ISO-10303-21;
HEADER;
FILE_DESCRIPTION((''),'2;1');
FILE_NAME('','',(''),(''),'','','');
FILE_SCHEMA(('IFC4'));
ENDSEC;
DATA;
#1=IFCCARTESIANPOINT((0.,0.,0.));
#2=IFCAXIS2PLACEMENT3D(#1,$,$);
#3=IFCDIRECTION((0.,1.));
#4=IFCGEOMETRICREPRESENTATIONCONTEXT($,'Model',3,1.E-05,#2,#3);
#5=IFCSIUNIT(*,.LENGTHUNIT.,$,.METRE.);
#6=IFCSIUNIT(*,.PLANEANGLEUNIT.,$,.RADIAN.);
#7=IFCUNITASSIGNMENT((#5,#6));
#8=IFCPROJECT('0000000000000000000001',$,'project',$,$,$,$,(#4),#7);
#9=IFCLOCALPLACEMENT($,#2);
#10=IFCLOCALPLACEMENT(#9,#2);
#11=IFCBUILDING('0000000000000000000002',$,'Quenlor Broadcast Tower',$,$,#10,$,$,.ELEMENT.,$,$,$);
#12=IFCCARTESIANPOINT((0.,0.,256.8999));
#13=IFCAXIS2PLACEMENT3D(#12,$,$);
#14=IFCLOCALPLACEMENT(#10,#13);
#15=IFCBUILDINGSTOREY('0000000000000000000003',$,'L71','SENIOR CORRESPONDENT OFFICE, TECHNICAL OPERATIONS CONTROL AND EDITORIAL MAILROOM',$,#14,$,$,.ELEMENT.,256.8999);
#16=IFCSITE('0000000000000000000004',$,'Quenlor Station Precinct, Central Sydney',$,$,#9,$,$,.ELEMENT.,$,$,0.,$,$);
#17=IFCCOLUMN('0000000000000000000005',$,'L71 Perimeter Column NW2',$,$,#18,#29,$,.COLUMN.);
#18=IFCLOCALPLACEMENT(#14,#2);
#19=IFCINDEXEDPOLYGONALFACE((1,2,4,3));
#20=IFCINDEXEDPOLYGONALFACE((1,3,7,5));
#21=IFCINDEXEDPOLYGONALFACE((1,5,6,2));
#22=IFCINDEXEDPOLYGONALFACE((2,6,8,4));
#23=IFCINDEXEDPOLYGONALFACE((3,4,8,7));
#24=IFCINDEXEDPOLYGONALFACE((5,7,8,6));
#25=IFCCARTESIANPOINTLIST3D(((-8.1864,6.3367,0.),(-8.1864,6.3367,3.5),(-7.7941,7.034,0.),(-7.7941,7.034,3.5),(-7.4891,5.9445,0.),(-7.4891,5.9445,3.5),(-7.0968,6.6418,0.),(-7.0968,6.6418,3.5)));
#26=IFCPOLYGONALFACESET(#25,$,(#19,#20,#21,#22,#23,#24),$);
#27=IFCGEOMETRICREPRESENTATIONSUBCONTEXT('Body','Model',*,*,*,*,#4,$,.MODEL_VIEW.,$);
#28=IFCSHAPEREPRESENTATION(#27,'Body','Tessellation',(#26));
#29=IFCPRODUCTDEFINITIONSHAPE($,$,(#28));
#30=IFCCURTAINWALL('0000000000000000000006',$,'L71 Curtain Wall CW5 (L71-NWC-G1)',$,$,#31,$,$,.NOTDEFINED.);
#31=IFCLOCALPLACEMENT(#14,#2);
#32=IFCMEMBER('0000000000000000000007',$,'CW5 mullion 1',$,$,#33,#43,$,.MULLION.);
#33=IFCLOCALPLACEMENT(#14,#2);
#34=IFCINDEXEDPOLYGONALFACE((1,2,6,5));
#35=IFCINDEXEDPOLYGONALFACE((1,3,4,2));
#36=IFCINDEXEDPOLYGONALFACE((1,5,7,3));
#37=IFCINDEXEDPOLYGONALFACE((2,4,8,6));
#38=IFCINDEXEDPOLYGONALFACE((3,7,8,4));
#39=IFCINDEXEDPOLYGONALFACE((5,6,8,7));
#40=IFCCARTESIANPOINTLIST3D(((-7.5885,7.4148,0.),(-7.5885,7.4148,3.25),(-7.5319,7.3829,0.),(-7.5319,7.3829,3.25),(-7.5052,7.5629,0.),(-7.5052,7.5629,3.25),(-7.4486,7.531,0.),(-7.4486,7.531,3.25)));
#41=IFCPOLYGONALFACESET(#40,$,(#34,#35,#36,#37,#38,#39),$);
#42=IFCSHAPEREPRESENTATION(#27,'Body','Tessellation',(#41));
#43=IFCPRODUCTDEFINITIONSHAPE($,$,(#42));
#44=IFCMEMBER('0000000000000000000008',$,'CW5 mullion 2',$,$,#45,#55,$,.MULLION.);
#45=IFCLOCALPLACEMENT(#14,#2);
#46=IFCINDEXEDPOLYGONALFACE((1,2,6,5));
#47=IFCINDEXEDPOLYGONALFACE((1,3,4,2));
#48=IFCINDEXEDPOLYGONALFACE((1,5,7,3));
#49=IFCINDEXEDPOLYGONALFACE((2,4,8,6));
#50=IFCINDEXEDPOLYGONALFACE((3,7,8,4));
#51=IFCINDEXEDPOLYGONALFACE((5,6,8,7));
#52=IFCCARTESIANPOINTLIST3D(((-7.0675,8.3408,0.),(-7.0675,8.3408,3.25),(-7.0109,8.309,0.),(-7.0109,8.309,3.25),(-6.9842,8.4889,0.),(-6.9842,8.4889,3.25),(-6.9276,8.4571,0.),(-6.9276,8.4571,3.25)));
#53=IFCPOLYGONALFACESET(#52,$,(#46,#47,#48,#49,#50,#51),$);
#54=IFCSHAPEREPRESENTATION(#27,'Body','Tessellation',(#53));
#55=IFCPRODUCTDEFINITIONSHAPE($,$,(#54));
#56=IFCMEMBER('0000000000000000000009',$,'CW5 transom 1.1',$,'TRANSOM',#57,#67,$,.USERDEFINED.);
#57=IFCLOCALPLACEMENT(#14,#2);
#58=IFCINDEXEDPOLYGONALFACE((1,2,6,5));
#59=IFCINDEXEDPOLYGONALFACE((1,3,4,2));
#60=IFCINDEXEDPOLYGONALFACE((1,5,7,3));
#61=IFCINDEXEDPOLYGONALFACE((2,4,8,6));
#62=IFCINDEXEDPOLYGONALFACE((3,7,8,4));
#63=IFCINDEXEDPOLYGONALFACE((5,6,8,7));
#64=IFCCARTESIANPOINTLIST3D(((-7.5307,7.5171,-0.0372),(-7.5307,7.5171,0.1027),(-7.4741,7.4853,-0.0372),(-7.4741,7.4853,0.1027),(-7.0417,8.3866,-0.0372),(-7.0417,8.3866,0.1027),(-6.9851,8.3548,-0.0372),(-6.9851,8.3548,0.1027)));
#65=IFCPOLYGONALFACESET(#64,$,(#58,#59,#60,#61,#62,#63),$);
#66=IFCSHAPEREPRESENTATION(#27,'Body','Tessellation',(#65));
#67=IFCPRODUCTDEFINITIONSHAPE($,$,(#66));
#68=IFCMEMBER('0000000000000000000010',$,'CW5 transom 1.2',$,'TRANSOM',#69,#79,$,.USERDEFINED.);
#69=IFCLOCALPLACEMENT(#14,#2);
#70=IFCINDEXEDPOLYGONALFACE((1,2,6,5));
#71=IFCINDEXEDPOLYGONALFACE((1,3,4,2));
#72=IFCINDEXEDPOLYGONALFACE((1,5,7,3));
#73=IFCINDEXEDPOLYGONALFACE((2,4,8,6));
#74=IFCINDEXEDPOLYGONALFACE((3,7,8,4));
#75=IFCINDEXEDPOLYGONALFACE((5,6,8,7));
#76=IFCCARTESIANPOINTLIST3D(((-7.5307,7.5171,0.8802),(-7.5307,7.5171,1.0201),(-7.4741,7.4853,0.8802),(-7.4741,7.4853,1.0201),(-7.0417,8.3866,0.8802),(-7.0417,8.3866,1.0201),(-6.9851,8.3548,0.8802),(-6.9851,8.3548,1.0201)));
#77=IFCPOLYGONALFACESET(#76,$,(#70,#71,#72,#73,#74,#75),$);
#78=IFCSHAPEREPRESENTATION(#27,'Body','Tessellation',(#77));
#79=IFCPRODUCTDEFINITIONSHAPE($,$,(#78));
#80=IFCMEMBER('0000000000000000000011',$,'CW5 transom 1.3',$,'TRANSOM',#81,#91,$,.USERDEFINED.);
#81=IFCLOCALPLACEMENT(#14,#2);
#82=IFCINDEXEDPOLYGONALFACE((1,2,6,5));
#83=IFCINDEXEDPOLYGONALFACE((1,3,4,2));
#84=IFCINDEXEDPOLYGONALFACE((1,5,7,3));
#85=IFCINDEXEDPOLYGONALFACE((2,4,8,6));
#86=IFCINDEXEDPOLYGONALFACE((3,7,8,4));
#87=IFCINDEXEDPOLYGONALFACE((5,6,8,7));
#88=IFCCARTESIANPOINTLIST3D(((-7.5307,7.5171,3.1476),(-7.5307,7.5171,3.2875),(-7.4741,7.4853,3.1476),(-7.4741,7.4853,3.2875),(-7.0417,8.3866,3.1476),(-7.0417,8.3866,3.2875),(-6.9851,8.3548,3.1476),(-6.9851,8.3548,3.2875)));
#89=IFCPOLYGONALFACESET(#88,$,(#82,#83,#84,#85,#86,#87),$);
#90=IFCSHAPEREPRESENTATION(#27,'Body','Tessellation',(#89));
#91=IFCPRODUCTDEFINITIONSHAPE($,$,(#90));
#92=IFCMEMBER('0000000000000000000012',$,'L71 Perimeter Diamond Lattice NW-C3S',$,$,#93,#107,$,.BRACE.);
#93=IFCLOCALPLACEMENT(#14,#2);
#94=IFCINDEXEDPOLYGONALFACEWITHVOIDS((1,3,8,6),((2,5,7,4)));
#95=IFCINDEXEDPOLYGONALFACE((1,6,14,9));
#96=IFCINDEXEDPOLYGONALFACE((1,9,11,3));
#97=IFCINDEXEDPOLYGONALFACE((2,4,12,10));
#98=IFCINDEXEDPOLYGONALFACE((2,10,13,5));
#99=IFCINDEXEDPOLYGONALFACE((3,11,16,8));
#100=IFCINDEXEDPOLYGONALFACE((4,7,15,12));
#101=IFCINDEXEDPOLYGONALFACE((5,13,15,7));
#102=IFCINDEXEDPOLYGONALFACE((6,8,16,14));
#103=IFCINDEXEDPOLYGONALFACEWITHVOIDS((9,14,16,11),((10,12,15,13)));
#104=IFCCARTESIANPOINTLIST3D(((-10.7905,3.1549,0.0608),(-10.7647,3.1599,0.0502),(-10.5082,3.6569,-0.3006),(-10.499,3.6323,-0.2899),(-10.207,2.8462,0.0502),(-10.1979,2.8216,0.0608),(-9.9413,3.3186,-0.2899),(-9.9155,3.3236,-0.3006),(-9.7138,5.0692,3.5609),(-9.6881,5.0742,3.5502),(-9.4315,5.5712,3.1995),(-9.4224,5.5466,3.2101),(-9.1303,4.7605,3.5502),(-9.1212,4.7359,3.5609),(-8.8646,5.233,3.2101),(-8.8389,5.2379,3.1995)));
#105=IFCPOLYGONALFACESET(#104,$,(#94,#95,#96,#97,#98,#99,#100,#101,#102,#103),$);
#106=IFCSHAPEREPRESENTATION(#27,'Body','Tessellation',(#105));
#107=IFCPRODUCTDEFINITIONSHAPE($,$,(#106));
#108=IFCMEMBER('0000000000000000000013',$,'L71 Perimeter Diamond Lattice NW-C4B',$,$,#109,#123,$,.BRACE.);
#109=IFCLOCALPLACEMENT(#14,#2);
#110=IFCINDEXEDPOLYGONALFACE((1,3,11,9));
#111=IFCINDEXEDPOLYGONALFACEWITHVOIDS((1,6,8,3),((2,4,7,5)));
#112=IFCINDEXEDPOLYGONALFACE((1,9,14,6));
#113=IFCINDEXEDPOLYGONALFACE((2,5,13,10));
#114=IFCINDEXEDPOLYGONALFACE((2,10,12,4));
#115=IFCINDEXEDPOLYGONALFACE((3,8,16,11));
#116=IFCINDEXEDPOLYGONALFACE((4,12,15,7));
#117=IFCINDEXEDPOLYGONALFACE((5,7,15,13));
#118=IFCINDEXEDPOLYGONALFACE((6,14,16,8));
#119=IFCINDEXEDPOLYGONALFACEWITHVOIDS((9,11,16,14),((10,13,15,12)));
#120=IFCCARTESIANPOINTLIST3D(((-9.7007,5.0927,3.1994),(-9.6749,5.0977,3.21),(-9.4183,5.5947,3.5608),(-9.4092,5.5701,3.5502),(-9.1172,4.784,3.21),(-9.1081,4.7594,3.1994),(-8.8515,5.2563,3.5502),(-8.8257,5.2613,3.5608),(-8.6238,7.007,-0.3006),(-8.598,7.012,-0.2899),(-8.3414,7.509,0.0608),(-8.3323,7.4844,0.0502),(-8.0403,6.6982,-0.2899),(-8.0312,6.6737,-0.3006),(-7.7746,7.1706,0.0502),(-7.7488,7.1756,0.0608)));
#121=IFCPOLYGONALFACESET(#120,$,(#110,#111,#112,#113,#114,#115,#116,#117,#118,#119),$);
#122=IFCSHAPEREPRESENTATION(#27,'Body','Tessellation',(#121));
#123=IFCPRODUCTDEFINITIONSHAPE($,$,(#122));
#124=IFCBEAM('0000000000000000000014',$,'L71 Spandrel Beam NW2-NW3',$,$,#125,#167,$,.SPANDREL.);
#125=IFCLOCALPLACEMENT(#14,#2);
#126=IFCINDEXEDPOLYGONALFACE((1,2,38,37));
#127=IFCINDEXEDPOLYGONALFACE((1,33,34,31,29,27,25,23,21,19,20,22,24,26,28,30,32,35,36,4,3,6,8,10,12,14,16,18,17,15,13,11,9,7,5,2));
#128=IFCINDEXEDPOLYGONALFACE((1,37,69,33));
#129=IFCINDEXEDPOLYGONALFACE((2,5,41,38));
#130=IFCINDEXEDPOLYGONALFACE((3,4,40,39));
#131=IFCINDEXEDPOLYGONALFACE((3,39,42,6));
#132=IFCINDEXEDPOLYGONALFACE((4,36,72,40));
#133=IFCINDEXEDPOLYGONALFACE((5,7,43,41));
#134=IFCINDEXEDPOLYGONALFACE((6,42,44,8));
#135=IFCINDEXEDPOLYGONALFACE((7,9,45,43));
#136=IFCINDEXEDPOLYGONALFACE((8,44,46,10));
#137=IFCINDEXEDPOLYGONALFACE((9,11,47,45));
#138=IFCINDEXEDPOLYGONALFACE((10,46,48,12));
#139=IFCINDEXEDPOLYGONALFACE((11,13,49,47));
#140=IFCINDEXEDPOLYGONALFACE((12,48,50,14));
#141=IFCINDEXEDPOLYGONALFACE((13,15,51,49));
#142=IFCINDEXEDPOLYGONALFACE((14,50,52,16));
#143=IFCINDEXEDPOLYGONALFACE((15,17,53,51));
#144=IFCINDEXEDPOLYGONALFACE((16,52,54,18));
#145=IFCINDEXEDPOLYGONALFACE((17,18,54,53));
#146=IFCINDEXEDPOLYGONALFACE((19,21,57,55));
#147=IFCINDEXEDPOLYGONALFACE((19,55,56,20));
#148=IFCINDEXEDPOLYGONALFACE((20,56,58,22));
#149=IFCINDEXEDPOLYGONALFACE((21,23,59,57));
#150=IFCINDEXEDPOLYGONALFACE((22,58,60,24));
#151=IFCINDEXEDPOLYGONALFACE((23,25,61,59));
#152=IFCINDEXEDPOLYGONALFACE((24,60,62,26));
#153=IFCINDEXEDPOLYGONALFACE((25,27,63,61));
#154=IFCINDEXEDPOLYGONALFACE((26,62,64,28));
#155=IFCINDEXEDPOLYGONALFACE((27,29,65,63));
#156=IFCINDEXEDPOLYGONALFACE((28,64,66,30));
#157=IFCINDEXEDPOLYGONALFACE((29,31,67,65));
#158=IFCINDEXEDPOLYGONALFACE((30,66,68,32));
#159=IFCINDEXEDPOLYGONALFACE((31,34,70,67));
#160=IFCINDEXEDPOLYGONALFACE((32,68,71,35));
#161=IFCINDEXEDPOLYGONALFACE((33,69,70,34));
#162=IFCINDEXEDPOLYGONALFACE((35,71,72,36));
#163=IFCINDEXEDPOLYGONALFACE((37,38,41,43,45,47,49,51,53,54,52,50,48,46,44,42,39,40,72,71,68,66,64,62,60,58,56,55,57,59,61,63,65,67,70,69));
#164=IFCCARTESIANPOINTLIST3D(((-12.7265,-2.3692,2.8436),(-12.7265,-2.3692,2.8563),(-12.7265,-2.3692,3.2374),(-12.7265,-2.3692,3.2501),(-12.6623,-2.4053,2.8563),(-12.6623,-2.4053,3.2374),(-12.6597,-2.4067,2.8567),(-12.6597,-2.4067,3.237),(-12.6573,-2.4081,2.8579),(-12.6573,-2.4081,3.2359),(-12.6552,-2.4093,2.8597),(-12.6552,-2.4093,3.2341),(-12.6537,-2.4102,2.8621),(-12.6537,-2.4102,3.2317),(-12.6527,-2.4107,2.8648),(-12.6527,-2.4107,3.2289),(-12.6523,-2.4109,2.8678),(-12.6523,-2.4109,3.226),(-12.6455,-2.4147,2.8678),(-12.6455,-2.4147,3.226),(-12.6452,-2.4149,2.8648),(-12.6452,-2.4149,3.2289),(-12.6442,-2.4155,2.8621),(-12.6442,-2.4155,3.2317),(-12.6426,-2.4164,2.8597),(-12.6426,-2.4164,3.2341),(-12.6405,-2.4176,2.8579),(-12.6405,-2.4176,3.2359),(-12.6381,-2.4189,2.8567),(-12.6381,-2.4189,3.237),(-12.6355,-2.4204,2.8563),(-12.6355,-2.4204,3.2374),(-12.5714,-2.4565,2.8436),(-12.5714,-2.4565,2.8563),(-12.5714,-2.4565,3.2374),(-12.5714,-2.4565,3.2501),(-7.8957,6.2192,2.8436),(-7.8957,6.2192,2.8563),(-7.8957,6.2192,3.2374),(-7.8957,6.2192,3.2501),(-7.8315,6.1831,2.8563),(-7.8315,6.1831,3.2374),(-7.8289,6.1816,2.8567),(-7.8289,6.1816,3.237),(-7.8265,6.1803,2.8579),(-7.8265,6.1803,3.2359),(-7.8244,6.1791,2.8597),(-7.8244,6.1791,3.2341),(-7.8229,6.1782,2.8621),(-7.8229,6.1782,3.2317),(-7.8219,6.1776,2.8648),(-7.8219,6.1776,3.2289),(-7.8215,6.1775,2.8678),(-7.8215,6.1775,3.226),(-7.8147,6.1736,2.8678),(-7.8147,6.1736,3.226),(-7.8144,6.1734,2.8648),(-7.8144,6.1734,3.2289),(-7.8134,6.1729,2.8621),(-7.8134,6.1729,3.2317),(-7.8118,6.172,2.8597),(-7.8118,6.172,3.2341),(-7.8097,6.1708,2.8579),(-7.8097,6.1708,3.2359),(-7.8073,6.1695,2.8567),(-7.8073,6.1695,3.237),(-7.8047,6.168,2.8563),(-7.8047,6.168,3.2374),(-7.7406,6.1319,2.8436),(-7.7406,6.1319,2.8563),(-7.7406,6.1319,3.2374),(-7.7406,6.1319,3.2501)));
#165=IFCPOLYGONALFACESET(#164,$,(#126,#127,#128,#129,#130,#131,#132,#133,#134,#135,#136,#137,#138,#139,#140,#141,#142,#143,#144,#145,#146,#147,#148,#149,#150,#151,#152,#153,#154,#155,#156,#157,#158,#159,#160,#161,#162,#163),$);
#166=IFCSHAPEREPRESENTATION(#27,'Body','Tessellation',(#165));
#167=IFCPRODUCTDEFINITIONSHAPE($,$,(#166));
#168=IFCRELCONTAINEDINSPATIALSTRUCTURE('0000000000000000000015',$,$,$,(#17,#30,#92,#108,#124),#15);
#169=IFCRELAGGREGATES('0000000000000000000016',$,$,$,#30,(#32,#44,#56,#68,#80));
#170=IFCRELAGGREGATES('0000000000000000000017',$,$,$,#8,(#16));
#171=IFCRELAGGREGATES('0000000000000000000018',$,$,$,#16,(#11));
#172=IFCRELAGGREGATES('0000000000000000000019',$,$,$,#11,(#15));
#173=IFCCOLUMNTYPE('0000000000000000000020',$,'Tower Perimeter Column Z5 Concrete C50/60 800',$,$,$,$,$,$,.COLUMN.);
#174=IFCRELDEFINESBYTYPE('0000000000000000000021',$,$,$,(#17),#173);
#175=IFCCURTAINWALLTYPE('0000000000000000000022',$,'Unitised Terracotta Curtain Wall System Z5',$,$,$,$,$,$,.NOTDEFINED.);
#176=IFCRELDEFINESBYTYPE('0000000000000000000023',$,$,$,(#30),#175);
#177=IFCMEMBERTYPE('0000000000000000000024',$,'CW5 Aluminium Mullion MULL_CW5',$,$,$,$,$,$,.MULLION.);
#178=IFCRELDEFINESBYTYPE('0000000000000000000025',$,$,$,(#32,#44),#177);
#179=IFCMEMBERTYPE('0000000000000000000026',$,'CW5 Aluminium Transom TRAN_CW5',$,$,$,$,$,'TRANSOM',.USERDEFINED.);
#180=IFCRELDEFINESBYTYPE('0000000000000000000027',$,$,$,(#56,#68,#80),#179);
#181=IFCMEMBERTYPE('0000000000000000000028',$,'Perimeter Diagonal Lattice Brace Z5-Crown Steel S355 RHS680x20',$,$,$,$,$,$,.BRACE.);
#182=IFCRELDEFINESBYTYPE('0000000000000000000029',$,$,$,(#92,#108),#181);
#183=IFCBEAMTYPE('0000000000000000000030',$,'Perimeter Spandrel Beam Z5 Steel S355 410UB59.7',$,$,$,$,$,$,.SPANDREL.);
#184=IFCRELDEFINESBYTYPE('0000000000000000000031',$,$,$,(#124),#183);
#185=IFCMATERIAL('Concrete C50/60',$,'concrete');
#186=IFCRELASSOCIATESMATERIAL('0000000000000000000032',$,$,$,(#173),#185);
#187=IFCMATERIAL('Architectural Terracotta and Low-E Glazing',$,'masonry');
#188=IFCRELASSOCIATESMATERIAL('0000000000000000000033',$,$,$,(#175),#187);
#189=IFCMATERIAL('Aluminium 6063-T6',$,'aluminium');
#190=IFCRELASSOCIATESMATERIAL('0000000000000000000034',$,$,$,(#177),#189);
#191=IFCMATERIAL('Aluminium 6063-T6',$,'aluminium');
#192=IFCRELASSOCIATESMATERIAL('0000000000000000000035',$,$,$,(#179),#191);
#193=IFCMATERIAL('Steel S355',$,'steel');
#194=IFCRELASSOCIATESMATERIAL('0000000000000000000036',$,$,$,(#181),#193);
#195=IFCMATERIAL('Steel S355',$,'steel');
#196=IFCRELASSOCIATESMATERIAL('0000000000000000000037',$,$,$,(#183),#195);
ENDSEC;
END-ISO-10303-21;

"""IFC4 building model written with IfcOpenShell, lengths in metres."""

from ifc_helpers import new_model, si_unit, direction, frame, origin, origin_2d, place, context, subcontext, project, spatial, rectangle, hollow_rectangle, i_section, extrude, material, material_profile, profile_set, type_object, element, aggregate, save


model = new_model("IFC4")

# Units and contexts
model_context = context("Model", 3, precision=1e-05, world=origin(), true_north=direction((0.0, 1.0)))
body_context = subcontext(model_context, "Body", "Model", "MODEL_VIEW")
ifc_project = project(units=[si_unit("LENGTHUNIT", "METRE"), si_unit("PLANEANGLEUNIT", "RADIAN")], contexts=[model_context])

# Site, building, storey
site_placement = place(None, origin())
site = spatial("IfcSite", under=ifc_project, at=site_placement, Name="Quenlor Station Precinct, Central Sydney", CompositionType="ELEMENT", RefElevation=0.0)
building_placement = place(site_placement, origin())
building = spatial("IfcBuilding", under=site, at=building_placement, Name="Quenlor Broadcast Tower", CompositionType="ELEMENT")
storey_placement = place(building_placement, frame((0.0, 0.0, 256.8999)))
storey = spatial("IfcBuildingStorey", under=building, at=storey_placement, Name="L71", Description="SENIOR CORRESPONDENT OFFICE, TECHNICAL OPERATIONS CONTROL AND EDITORIAL MAILROOM", CompositionType="ELEMENT", Elevation=256.8999)

# Column
ifc_material_1 = material(Name="Concrete C50/60", Category="concrete")
ifc_material_profile_1 = material_profile(ifc_material_1, rectangle(XDim=0.8, YDim=0.8, at=origin_2d()))
ifc_profile_set_1 = profile_set([ifc_material_profile_1], Name="Concrete C50/60 RC800x800")
column_type = type_object("IfcColumnType", Name="Tower Perimeter Column Z5 Concrete C50/60 800", PredefinedType="COLUMN", material=ifc_profile_set_1)
column_placement = place(storey_placement, frame((-7.6416, 6.4893, 0.0), z_axis=(0.0, 0.0, 1.0), x_axis=(-0.871575, 0.490262, 0.0)))
element("IfcColumn", 1, at=column_placement, inside=storey, type_object=column_type, Name="L71 Perimeter Column NW2", PredefinedType="COLUMN", context=body_context, shape_type="SweptSolid", body=[
    extrude(rectangle(XDim=0.8, YDim=0.8, at=origin_2d()), origin(), (0.0, 0.0, 1.0), 3.5),
])

# Curtain wall, members
ifc_material_2 = material(Name="Architectural Terracotta and Low-E Glazing", Category="masonry")
curtain_wall_type = type_object("IfcCurtainWallType", Name="Unitised Terracotta Curtain Wall System Z5", PredefinedType="NOTDEFINED", material=ifc_material_2)
curtain_wall_placement = place(storey_placement, origin())
curtain_wall = element("IfcCurtainWall", 2, at=curtain_wall_placement, inside=storey, type_object=curtain_wall_type, Name="L71 Curtain Wall CW5 (L71-NWC-G1)", PredefinedType="NOTDEFINED")
ifc_material_3 = material(Name="Aluminium 6063-T6", Category="aluminium")
ifc_material_profile_2 = material_profile(ifc_material_3, rectangle(XDim=0.0649, YDim=0.1699, at=origin_2d()))
ifc_profile_set_2 = profile_set([ifc_material_profile_2], Name="Aluminium 6063-T6 MULL65x170")
member_type_1 = type_object("IfcMemberType", Name="CW5 Aluminium Mullion MULL_CW5", PredefinedType="MULLION", material=ifc_profile_set_2)
member_1_placement = place(storey_placement, frame((-7.5186, 7.4729, 0.0), z_axis=(0.0, 0.0, 1.0), x_axis=(-0.871564, 0.490282, 0.0)))
member_1 = element("IfcMember", 3, at=member_1_placement, type_object=member_type_1, Name="CW5 mullion 1", PredefinedType="MULLION", context=body_context, shape_type="SweptSolid", body=[
    extrude(rectangle(XDim=0.0649, YDim=0.1699, at=origin_2d()), origin(), (0.0, 0.0, 1.0), 3.25),
])
member_2_placement = place(storey_placement, frame((-6.9976, 8.3989, 0.0), z_axis=(0.0, 0.0, 1.0), x_axis=(-0.871564, 0.490282, 0.0)))
member_2 = element("IfcMember", 4, at=member_2_placement, type_object=member_type_1, Name="CW5 mullion 2", PredefinedType="MULLION", context=body_context, shape_type="SweptSolid", body=[
    extrude(rectangle(XDim=0.0649, YDim=0.1699, at=origin_2d()), origin(), (0.0, 0.0, 1.0), 3.25),
])
ifc_material_4 = material(Name="Aluminium 6063-T6", Category="aluminium")
ifc_material_profile_3 = material_profile(ifc_material_4, rectangle(XDim=0.0649, YDim=0.1399, at=origin_2d()))
ifc_profile_set_3 = profile_set([ifc_material_profile_3], Name="Aluminium 6063-T6 TRAN65x140")
member_type_2 = type_object("IfcMemberType", Name="CW5 Aluminium Transom TRAN_CW5", ElementType="TRANSOM", PredefinedType="USERDEFINED", material=ifc_profile_set_3)
member_3_placement = place(storey_placement, frame((-7.5024, 7.5012, 0.0327), z_axis=(0.49025, 0.871582, 0.0), x_axis=(-0.871582, 0.49025, 0.0)))
member_3 = element("IfcMember", 5, at=member_3_placement, type_object=member_type_2, Name="CW5 transom 1.1", ObjectType="TRANSOM", PredefinedType="USERDEFINED", context=body_context, shape_type="SweptSolid", body=[
    extrude(rectangle(XDim=0.0649, YDim=0.1399, at=origin_2d()), origin(), (0.0, 0.0, 1.0), 0.9976),
])
member_4_placement = place(storey_placement, frame((-7.5024, 7.5012, 0.9502), z_axis=(0.49025, 0.871582, 0.0), x_axis=(-0.871582, 0.49025, 0.0)))
member_4 = element("IfcMember", 6, at=member_4_placement, type_object=member_type_2, Name="CW5 transom 1.2", ObjectType="TRANSOM", PredefinedType="USERDEFINED", context=body_context, shape_type="SweptSolid", body=[
    extrude(rectangle(XDim=0.0649, YDim=0.1399, at=origin_2d()), origin(), (0.0, 0.0, 1.0), 0.9976),
])
member_5_placement = place(storey_placement, frame((-7.5024, 7.5012, 3.2175), z_axis=(0.49025, 0.871582, 0.0), x_axis=(-0.871582, 0.49025, 0.0)))
member_5 = element("IfcMember", 7, at=member_5_placement, type_object=member_type_2, Name="CW5 transom 1.3", ObjectType="TRANSOM", PredefinedType="USERDEFINED", context=body_context, shape_type="SweptSolid", body=[
    extrude(rectangle(XDim=0.0649, YDim=0.1399, at=origin_2d()), origin(), (0.0, 0.0, 1.0), 0.9976),
])

# Members
ifc_material_5 = material(Name="Steel S355", Category="steel")
ifc_material_profile_4 = material_profile(ifc_material_5, hollow_rectangle(XDim=0.6799, YDim=0.6799, WallThickness=0.02, at=origin_2d()))
ifc_profile_set_4 = profile_set([ifc_material_profile_4], Name="Steel S355 RHS680x680x20")
member_type_3 = type_object("IfcMemberType", Name="Perimeter Diagonal Lattice Brace Z5-Crown Steel S355 RHS680x20", PredefinedType="BRACE", material=ifc_profile_set_4)
for number, where, z_axis, x_axis, name in (
    (8, (-10.353, 3.2393, -0.1199), (0.260564, 0.463283, 0.847039), (-0.871602, 0.490214, 0.0), "L71 Perimeter Diamond Lattice NW-C3S"),
    (9, (-8.1863, 7.0913, -0.1199), (-0.260619, -0.463276, 0.847026), (0.871555, -0.490298, 0.0), "L71 Perimeter Diamond Lattice NW-C4B"),
):
    element("IfcMember", number, at=place(storey_placement, frame(where, z_axis=z_axis, x_axis=x_axis)), inside=storey, type_object=member_type_3, Name=name, PredefinedType="BRACE", context=body_context, shape_type="SweptSolid", body=[
        extrude(hollow_rectangle(XDim=0.6799, YDim=0.6799, WallThickness=0.02, at=origin_2d()), origin(), (0.0, 0.0, 1.0), 4.1321),
    ])

# Beam
ifc_material_6 = material(Name="Steel S355", Category="steel")
ifc_material_profile_5 = material_profile(ifc_material_6, i_section(OverallWidth=0.178, OverallDepth=0.4065, WebThickness=0.0078, FlangeThickness=0.0127, FilletRadius=0.0115, at=origin_2d()))
ifc_profile_set_5 = profile_set([ifc_material_profile_5], Name="Steel S355 410UB59.7")
beam_type_1 = type_object("IfcBeamType", Name="Perimeter Spandrel Beam Z5 Steel S355 410UB59.7", PredefinedType="SPANDREL", material=ifc_profile_set_5)
beam_1_placement = place(storey_placement, frame((-7.8181, 6.1755, 3.0469), z_axis=(-0.490249, -0.871582, 0.0), x_axis=(0.871582, -0.490249, 0.0)))
element("IfcBeam", 10, at=beam_1_placement, inside=storey, type_object=beam_type_1, Name="L71 Spandrel Beam NW2-NW3", PredefinedType="SPANDREL", context=body_context, shape_type="SweptSolid", body=[
    extrude(i_section(OverallWidth=0.178, OverallDepth=0.4065, WebThickness=0.0078, FlangeThickness=0.0127, FilletRadius=0.0115, at=origin_2d()), origin(), (0.0, 0.0, 1.0), 9.8538),
])

aggregate(curtain_wall, [member_1, member_2, member_3, member_4, member_5])

save(model, "model.ifc")
